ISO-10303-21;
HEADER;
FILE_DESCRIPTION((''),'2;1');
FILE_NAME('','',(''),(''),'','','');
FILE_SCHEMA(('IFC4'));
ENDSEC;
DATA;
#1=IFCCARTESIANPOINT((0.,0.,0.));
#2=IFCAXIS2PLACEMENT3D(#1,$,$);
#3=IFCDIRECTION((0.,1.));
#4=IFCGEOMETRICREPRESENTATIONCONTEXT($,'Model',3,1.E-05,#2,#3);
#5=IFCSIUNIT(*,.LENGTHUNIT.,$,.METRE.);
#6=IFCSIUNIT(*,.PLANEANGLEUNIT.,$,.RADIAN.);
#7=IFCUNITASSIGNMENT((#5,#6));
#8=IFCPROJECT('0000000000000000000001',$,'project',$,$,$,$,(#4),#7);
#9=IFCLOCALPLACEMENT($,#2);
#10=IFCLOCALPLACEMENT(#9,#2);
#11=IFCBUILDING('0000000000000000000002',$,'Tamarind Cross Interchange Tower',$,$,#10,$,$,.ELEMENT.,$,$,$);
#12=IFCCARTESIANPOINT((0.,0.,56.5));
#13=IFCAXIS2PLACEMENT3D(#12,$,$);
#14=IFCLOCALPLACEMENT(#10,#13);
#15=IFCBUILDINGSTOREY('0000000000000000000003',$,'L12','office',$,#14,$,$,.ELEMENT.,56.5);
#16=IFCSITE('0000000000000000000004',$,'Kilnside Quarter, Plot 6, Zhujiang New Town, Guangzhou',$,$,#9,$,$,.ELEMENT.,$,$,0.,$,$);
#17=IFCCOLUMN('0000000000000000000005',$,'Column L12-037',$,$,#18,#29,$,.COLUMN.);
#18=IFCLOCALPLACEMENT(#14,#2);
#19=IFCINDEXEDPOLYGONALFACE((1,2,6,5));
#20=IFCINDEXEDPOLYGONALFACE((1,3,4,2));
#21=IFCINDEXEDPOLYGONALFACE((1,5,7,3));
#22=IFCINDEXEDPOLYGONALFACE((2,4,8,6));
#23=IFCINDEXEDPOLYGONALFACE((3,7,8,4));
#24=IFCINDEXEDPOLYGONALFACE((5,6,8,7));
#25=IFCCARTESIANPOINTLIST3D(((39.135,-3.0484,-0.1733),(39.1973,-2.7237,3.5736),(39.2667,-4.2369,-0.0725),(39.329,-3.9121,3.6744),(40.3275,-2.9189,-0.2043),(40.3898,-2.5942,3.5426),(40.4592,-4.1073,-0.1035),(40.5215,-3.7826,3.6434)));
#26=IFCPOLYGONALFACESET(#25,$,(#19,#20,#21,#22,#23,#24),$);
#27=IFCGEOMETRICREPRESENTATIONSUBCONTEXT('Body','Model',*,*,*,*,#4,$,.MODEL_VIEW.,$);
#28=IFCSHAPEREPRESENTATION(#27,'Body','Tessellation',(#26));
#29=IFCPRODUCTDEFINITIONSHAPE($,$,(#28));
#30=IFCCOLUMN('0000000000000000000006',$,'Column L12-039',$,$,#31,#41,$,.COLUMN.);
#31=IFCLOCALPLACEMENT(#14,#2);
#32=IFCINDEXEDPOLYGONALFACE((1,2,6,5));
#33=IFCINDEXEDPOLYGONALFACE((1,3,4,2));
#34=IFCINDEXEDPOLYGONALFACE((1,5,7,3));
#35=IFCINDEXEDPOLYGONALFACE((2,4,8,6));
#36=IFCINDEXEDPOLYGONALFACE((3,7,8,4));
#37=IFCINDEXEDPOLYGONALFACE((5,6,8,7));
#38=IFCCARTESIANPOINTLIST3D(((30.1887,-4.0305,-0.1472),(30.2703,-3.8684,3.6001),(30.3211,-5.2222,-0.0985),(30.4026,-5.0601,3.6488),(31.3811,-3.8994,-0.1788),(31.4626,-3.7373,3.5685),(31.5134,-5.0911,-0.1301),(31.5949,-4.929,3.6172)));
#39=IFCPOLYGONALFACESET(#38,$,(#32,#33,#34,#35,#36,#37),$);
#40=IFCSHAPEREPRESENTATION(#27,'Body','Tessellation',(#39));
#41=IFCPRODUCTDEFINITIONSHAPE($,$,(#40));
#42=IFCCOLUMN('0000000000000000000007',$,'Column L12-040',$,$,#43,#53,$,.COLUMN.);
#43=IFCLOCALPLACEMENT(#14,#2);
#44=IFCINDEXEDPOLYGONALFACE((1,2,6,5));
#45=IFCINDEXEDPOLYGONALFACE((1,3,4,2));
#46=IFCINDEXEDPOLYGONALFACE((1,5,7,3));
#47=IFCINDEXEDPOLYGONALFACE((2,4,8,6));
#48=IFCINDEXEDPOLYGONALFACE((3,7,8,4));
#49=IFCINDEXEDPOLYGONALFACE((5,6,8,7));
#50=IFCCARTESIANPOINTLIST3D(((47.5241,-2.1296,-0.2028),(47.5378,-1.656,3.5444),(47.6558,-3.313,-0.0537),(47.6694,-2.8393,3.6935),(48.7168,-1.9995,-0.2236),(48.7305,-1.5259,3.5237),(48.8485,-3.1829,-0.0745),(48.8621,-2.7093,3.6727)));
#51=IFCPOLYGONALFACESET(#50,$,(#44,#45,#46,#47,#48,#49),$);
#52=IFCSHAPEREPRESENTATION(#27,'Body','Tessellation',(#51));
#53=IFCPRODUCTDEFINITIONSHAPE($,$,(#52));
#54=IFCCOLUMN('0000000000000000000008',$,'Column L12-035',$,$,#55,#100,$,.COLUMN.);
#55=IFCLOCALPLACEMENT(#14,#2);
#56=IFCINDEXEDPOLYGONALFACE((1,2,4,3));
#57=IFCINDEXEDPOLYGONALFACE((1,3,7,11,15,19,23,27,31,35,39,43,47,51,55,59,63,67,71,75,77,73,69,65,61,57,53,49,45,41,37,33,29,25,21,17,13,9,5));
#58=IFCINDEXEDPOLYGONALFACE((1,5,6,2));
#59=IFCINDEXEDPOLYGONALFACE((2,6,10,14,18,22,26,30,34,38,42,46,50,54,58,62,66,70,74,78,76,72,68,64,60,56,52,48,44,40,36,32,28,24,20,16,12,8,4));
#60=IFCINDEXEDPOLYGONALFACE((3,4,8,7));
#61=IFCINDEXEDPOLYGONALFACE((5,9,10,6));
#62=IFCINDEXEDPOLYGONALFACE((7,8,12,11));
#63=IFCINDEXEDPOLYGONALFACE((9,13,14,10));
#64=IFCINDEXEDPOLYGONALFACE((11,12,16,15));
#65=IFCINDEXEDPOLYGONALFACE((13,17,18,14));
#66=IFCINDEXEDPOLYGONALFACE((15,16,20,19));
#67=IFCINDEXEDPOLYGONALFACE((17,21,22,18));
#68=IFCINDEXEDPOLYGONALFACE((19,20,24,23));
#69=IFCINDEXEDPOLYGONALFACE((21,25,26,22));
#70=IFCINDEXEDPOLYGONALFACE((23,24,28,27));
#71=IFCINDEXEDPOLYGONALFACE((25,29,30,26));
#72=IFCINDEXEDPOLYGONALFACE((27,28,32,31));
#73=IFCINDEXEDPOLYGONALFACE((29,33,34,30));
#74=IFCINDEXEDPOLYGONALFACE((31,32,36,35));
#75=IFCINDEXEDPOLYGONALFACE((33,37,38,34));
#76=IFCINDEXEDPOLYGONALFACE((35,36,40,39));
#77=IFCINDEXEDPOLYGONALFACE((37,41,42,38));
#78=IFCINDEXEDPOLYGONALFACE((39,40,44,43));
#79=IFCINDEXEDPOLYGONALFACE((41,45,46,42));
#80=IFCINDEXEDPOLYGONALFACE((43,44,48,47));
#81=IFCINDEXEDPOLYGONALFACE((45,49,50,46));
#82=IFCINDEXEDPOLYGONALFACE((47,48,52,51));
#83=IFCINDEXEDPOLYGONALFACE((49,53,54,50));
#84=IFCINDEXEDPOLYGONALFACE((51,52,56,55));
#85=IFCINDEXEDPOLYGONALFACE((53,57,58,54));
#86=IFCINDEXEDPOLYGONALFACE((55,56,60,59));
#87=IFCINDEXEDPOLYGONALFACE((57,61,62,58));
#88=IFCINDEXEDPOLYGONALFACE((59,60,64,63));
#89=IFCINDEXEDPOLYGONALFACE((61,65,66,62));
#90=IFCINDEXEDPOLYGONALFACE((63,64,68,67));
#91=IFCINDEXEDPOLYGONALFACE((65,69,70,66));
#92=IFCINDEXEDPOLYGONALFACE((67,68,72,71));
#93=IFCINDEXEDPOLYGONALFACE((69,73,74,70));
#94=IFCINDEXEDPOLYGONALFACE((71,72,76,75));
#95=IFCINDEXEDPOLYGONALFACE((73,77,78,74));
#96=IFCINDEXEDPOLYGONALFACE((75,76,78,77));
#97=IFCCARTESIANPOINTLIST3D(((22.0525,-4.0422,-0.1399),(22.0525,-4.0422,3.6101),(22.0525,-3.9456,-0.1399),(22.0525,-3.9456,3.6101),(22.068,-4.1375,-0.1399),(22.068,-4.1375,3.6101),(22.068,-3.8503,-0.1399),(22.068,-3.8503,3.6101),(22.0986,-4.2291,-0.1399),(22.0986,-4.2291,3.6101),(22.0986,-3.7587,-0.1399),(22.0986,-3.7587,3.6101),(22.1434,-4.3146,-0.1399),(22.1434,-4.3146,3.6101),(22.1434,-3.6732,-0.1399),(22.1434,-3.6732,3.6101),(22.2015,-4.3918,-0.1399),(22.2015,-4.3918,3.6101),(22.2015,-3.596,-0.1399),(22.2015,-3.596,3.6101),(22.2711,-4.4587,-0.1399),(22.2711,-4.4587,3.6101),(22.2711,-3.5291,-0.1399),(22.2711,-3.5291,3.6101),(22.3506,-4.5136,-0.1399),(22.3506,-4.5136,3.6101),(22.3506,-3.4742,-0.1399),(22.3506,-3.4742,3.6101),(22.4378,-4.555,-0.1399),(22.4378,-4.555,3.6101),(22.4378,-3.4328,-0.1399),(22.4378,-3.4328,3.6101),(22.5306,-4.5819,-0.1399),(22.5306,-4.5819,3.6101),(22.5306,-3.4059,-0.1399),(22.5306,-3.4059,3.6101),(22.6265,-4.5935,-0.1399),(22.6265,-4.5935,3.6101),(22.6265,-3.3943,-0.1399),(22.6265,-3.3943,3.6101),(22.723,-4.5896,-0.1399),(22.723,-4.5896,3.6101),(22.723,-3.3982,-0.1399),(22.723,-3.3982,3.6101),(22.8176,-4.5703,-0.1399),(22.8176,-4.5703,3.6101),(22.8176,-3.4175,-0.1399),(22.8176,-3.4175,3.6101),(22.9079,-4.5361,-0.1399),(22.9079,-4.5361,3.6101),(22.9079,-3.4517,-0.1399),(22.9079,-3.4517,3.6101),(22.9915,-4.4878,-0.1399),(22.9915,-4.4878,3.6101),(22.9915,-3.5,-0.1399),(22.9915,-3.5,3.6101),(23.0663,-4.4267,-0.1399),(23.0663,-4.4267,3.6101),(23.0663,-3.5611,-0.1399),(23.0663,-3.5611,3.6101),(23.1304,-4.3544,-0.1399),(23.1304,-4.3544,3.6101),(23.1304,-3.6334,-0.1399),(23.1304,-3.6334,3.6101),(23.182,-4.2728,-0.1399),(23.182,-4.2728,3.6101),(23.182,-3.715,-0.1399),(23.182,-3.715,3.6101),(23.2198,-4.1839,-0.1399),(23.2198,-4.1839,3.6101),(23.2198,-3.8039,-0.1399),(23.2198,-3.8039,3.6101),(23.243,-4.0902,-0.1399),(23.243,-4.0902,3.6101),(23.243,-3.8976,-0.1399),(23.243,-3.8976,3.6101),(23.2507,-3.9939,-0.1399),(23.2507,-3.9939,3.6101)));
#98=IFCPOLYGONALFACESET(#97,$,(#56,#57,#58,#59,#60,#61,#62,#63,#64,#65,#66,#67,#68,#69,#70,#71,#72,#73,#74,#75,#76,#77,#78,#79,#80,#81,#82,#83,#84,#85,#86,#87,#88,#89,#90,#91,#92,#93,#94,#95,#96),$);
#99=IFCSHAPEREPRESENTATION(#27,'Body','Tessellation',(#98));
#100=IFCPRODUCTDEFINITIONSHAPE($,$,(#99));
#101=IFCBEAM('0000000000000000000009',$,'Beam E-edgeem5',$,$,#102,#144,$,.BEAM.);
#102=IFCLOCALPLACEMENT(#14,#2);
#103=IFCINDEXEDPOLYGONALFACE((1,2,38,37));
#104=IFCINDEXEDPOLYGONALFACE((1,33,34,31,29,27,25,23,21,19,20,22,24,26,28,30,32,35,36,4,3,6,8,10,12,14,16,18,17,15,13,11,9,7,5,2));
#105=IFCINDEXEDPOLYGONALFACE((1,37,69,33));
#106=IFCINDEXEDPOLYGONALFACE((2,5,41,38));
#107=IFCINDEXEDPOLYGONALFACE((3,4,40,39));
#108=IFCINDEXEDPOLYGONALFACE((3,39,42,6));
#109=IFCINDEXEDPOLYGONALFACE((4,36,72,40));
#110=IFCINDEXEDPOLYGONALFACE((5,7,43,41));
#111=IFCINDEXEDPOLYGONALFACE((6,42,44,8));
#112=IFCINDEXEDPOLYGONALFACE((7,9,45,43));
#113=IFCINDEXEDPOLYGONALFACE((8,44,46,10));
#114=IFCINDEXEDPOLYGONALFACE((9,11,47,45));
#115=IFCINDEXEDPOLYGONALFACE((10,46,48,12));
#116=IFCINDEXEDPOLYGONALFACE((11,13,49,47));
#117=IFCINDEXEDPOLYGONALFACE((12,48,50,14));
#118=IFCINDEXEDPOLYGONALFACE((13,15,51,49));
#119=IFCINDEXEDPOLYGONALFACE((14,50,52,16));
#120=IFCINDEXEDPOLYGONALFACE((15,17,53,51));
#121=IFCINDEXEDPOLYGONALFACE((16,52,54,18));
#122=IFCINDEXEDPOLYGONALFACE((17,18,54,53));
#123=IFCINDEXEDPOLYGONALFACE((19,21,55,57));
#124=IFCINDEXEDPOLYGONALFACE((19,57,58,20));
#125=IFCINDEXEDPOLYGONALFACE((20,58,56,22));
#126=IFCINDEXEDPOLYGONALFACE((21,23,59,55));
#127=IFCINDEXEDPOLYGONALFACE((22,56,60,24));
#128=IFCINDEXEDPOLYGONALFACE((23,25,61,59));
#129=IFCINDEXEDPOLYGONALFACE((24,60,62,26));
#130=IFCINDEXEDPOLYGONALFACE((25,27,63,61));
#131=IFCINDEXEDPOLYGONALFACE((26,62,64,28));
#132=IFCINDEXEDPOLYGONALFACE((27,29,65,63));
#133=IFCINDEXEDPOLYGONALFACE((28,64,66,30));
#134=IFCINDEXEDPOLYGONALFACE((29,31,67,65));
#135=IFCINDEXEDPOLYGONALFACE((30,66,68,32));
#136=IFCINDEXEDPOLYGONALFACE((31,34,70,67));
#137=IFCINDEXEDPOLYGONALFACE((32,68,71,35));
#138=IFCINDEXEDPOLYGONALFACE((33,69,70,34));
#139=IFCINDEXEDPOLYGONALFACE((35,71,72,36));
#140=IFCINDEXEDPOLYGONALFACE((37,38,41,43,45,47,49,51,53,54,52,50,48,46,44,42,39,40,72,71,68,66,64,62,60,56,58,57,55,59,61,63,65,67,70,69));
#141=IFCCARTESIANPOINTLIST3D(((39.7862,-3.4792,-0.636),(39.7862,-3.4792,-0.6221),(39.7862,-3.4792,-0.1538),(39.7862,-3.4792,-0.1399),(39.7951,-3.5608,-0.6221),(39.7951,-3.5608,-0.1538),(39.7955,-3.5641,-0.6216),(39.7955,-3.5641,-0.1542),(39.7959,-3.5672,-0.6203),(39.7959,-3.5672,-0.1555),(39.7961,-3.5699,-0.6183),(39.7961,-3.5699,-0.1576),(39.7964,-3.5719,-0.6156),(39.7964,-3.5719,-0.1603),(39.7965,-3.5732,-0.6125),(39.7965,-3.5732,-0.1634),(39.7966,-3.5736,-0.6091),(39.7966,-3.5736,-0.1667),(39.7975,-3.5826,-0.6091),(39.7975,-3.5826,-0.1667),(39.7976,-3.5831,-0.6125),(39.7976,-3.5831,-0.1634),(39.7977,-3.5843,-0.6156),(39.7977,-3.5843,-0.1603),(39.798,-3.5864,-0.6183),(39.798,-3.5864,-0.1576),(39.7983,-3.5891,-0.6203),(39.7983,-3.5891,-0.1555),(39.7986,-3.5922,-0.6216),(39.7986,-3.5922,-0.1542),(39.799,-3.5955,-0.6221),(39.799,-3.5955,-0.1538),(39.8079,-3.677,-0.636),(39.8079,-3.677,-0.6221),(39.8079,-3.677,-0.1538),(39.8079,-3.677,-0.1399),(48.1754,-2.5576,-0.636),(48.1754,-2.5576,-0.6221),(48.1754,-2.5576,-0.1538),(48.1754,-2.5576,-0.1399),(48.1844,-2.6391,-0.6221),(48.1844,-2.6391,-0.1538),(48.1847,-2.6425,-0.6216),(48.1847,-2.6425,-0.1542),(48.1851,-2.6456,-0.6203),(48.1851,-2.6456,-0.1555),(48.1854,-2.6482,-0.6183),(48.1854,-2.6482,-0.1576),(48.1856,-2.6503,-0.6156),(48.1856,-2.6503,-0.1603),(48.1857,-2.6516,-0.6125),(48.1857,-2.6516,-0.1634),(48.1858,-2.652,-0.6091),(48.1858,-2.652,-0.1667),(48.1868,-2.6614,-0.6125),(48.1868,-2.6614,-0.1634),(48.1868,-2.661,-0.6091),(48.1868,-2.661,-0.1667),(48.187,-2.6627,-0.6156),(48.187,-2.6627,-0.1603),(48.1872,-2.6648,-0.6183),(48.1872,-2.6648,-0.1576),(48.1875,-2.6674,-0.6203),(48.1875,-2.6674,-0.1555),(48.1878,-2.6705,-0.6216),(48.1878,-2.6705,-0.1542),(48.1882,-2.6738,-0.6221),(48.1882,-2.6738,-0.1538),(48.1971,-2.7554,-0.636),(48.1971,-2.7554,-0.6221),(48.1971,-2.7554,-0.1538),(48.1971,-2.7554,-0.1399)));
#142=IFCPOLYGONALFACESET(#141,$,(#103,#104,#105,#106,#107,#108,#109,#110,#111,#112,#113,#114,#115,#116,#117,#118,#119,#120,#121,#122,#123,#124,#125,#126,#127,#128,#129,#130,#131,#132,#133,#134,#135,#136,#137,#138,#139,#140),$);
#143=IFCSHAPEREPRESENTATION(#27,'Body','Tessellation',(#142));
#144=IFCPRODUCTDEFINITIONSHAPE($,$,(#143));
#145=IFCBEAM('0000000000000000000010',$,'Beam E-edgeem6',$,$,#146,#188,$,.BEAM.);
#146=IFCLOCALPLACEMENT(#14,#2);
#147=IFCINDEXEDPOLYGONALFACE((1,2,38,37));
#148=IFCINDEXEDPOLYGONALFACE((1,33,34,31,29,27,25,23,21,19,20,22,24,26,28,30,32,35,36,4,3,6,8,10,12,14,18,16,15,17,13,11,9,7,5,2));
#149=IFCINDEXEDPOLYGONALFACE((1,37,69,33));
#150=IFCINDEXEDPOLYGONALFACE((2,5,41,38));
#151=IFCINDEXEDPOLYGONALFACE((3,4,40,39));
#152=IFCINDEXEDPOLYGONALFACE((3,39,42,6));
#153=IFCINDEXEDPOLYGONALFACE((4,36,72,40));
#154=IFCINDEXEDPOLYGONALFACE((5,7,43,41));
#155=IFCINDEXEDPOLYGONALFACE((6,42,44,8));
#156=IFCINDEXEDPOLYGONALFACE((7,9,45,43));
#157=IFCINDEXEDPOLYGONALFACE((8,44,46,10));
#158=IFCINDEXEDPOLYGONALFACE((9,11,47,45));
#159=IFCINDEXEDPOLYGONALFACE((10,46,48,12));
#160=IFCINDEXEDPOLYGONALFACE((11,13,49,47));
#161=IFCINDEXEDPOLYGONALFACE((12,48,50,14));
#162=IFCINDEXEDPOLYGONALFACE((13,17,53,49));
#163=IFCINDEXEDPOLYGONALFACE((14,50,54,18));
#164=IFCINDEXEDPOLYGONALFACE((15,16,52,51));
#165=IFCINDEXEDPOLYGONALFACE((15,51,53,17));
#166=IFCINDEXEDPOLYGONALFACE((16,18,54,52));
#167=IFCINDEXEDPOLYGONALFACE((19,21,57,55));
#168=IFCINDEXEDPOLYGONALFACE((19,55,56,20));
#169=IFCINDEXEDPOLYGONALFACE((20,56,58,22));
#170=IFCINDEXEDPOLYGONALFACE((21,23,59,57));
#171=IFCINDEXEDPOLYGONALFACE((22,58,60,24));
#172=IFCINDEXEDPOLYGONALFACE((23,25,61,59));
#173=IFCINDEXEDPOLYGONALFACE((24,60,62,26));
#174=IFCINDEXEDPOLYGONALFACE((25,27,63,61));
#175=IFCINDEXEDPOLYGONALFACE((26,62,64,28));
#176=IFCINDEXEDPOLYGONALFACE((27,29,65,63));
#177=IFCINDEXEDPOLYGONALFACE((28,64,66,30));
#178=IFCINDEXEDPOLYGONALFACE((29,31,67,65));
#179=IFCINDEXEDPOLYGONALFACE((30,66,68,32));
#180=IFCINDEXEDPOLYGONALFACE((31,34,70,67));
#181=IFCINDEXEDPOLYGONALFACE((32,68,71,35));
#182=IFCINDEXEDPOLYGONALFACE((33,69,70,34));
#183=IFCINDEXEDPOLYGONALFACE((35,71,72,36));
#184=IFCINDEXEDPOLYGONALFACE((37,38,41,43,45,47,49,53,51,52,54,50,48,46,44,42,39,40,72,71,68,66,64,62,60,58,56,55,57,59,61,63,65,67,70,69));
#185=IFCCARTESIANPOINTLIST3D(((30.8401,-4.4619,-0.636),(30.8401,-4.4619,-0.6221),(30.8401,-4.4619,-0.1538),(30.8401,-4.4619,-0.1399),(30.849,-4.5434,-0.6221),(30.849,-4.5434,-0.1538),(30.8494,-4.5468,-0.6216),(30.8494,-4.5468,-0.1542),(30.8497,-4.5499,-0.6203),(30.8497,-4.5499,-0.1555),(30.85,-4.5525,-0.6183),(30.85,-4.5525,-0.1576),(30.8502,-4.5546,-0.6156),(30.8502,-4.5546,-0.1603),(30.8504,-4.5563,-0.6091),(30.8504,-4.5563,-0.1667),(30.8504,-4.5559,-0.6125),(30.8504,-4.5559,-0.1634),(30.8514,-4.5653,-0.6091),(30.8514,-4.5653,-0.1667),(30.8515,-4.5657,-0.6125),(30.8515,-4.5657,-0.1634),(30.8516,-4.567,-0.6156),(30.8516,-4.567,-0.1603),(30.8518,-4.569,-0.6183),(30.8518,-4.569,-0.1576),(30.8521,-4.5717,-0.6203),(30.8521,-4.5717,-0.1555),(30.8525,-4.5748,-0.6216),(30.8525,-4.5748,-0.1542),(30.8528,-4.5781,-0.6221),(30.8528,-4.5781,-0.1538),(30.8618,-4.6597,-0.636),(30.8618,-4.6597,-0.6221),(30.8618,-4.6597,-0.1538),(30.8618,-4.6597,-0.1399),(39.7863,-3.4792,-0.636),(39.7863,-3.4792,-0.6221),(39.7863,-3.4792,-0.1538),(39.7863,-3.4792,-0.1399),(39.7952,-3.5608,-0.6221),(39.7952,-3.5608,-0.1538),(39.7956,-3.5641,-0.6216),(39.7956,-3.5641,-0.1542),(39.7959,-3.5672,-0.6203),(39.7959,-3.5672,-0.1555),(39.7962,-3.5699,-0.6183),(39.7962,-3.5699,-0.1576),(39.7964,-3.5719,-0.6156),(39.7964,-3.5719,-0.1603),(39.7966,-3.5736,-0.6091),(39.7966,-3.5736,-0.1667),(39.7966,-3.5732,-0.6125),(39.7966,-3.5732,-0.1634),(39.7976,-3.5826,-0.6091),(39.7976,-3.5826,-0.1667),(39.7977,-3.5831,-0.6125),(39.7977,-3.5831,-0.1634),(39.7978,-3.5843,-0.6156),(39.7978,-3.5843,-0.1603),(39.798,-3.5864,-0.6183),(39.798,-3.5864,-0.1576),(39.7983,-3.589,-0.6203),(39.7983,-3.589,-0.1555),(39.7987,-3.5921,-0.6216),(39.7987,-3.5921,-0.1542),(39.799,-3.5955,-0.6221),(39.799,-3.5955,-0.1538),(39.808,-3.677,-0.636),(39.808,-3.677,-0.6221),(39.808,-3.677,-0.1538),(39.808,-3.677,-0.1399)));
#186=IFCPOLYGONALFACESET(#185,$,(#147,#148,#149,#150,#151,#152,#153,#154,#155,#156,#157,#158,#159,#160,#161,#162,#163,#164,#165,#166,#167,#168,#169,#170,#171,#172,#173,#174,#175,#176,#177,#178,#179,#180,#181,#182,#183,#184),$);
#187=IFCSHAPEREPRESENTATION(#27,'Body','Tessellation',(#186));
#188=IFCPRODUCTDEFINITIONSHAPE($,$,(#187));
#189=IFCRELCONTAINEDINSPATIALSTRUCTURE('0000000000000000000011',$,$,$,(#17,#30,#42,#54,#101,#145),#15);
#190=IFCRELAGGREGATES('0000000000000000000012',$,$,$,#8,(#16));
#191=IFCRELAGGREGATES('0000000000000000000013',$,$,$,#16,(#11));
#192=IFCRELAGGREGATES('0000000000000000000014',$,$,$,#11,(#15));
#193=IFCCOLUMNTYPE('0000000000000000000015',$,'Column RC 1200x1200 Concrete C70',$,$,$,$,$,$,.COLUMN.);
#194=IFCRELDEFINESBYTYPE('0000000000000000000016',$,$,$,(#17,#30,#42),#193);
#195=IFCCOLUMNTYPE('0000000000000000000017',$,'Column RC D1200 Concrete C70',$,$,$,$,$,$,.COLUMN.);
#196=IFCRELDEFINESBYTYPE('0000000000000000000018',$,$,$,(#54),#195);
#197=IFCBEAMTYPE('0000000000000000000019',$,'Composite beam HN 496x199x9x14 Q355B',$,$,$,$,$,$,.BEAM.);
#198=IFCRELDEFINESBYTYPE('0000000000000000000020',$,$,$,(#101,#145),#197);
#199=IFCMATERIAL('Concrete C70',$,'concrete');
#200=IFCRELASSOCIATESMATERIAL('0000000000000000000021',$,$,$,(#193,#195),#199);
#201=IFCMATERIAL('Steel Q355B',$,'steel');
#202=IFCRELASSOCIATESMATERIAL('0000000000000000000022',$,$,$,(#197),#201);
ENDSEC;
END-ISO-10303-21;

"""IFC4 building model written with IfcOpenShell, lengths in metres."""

from ifc_helpers import new_model, si_unit, direction, frame, origin, origin_2d, place, context, subcontext, project, spatial, rectangle, circle, i_section, extrude, material, material_profile, profile_set, type_object, element, save


model = new_model("IFC4")

# Units and contexts
model_context = context("Model", 3, precision=1e-05, world=origin(), true_north=direction((0.0, 1.0)))
body_context = subcontext(model_context, "Body", "Model", "MODEL_VIEW")
ifc_project = project(units=[si_unit("LENGTHUNIT", "METRE"), si_unit("PLANEANGLEUNIT", "RADIAN")], contexts=[model_context])

# Site, building, storey
site_placement = place(None, origin())
site = spatial("IfcSite", under=ifc_project, at=site_placement, Name="Kilnside Quarter, Plot 6, Zhujiang New Town, Guangzhou", CompositionType="ELEMENT", RefElevation=0.0)
building_placement = place(site_placement, origin())
building = spatial("IfcBuilding", under=site, at=building_placement, Name="Tamarind Cross Interchange Tower", CompositionType="ELEMENT")
storey_placement = place(building_placement, frame((0.0, 0.0, 56.5)))
storey = spatial("IfcBuildingStorey", under=building, at=storey_placement, Name="L12", Description="office", CompositionType="ELEMENT", Elevation=56.5)

# Columns
ifc_material_1 = material(Name="Concrete C70", Category="concrete")
ifc_material_profile_1 = material_profile(ifc_material_1, rectangle(XDim=1.2, YDim=1.2, at=origin_2d()), Name="RC 1200x1200")
ifc_profile_set_1 = profile_set([ifc_material_profile_1], Name="Concrete C70")
column_type_1 = type_object("IfcColumnType", Name="Column RC 1200x1200 Concrete C70", PredefinedType="COLUMN", material=ifc_profile_set_1)
column_1_placement = place(storey_placement, frame((39.7971, -3.5779, -0.1384), z_axis=(0.016551, 0.086326, 0.996129), x_axis=(-0.993822, -0.10793, 0.025866)))
element("IfcColumn", 1, at=column_1_placement, inside=storey, type_object=column_type_1, Name="Column L12-037", PredefinedType="COLUMN", context=body_context, shape_type="SweptSolid", body=[
    extrude(rectangle(XDim=1.2, YDim=1.2, at=origin_2d()), origin(), (0.0, 0.0, 1.0), 3.7615),
])
column_2_placement = place(storey_placement, frame((30.8511, -4.5608, -0.1387), z_axis=(0.021735, 0.04321, 0.99883), x_axis=(-0.993665, -0.109254, 0.026349)))
element("IfcColumn", 2, at=column_2_placement, inside=storey, type_object=column_type_1, Name="Column L12-039", PredefinedType="COLUMN", context=body_context, shape_type="SweptSolid", body=[
    extrude(rectangle(XDim=1.2, YDim=1.2, at=origin_2d()), origin(), (0.0, 0.0, 1.0), 3.7517),
])
column_3_placement = place(storey_placement, frame((48.1863, -2.6562, -0.1387), z_axis=(0.00362, 0.125394, 0.9921), x_axis=(-0.993956, -0.108401, 0.017328)))
element("IfcColumn", 3, at=column_3_placement, inside=storey, type_object=column_type_1, Name="Column L12-040", PredefinedType="COLUMN", context=body_context, shape_type="SweptSolid", body=[
    extrude(rectangle(XDim=1.2, YDim=1.2, at=origin_2d()), origin(), (0.0, 0.0, 1.0), 3.7771),
])
ifc_material_profile_2 = material_profile(ifc_material_1, circle(Radius=0.6001, at=origin_2d()), Name="RC D1200")
ifc_profile_set_2 = profile_set([ifc_material_profile_2], Name="Concrete C70")
column_type_2 = type_object("IfcColumnType", Name="Column RC D1200 Concrete C70", PredefinedType="COLUMN", material=ifc_profile_set_2)
column_4_placement = place(storey_placement, frame((22.6506, -3.9939, -0.1399), z_axis=(0.0, 0.0, 1.0), x_axis=(1.0, 0.0, 0.0)))
element("IfcColumn", 4, at=column_4_placement, inside=storey, type_object=column_type_2, Name="Column L12-035", PredefinedType="COLUMN", context=body_context, shape_type="SweptSolid", body=[
    extrude(circle(Radius=0.6001, at=origin_2d()), origin(), (0.0, 0.0, 1.0), 3.75),
])

# Beams
ifc_material_2 = material(Name="Steel Q355B", Category="steel")
ifc_material_profile_3 = material_profile(ifc_material_2, i_section(OverallWidth=0.199, OverallDepth=0.4961, WebThickness=0.009, FlangeThickness=0.0139, FilletRadius=0.0129, at=origin_2d()), Name="HN 496x199x9x14")
ifc_profile_set_3 = profile_set([ifc_material_profile_3], Name="Steel Q355B")
beam_type_1 = type_object("IfcBeamType", Name="Composite beam HN 496x199x9x14 Q355B", PredefinedType="BEAM", material=ifc_profile_set_3)
beam_1_placement = place(storey_placement, frame((48.1863, -2.6565, -0.3879), z_axis=(-0.99402, -0.109203, 0.0), x_axis=(0.109203, -0.99402, 0.0)))
element("IfcBeam", 5, at=beam_1_placement, inside=storey, type_object=beam_type_1, Name="Beam E-edgeem5", PredefinedType="BEAM", context=body_context, shape_type="SweptSolid", body=[
    extrude(i_section(OverallWidth=0.199, OverallDepth=0.4961, WebThickness=0.009, FlangeThickness=0.0139, FilletRadius=0.0129, at=origin_2d()), origin(), (0.0, 0.0, 1.0), 8.4397),
])
beam_2_placement = place(storey_placement, frame((39.7971, -3.5781, -0.3879), z_axis=(-0.994022, -0.109184, 0.0), x_axis=(0.109184, -0.994022, 0.0)))
element("IfcBeam", 6, at=beam_2_placement, inside=storey, type_object=beam_type_1, Name="Beam E-edgeem6", PredefinedType="BEAM", context=body_context, shape_type="SweptSolid", body=[
    extrude(i_section(OverallWidth=0.199, OverallDepth=0.4961, WebThickness=0.009, FlangeThickness=0.0139, FilletRadius=0.0129, at=origin_2d()), origin(), (0.0, 0.0, 1.0), 9.0),
])

save(model, "model.ifc")
